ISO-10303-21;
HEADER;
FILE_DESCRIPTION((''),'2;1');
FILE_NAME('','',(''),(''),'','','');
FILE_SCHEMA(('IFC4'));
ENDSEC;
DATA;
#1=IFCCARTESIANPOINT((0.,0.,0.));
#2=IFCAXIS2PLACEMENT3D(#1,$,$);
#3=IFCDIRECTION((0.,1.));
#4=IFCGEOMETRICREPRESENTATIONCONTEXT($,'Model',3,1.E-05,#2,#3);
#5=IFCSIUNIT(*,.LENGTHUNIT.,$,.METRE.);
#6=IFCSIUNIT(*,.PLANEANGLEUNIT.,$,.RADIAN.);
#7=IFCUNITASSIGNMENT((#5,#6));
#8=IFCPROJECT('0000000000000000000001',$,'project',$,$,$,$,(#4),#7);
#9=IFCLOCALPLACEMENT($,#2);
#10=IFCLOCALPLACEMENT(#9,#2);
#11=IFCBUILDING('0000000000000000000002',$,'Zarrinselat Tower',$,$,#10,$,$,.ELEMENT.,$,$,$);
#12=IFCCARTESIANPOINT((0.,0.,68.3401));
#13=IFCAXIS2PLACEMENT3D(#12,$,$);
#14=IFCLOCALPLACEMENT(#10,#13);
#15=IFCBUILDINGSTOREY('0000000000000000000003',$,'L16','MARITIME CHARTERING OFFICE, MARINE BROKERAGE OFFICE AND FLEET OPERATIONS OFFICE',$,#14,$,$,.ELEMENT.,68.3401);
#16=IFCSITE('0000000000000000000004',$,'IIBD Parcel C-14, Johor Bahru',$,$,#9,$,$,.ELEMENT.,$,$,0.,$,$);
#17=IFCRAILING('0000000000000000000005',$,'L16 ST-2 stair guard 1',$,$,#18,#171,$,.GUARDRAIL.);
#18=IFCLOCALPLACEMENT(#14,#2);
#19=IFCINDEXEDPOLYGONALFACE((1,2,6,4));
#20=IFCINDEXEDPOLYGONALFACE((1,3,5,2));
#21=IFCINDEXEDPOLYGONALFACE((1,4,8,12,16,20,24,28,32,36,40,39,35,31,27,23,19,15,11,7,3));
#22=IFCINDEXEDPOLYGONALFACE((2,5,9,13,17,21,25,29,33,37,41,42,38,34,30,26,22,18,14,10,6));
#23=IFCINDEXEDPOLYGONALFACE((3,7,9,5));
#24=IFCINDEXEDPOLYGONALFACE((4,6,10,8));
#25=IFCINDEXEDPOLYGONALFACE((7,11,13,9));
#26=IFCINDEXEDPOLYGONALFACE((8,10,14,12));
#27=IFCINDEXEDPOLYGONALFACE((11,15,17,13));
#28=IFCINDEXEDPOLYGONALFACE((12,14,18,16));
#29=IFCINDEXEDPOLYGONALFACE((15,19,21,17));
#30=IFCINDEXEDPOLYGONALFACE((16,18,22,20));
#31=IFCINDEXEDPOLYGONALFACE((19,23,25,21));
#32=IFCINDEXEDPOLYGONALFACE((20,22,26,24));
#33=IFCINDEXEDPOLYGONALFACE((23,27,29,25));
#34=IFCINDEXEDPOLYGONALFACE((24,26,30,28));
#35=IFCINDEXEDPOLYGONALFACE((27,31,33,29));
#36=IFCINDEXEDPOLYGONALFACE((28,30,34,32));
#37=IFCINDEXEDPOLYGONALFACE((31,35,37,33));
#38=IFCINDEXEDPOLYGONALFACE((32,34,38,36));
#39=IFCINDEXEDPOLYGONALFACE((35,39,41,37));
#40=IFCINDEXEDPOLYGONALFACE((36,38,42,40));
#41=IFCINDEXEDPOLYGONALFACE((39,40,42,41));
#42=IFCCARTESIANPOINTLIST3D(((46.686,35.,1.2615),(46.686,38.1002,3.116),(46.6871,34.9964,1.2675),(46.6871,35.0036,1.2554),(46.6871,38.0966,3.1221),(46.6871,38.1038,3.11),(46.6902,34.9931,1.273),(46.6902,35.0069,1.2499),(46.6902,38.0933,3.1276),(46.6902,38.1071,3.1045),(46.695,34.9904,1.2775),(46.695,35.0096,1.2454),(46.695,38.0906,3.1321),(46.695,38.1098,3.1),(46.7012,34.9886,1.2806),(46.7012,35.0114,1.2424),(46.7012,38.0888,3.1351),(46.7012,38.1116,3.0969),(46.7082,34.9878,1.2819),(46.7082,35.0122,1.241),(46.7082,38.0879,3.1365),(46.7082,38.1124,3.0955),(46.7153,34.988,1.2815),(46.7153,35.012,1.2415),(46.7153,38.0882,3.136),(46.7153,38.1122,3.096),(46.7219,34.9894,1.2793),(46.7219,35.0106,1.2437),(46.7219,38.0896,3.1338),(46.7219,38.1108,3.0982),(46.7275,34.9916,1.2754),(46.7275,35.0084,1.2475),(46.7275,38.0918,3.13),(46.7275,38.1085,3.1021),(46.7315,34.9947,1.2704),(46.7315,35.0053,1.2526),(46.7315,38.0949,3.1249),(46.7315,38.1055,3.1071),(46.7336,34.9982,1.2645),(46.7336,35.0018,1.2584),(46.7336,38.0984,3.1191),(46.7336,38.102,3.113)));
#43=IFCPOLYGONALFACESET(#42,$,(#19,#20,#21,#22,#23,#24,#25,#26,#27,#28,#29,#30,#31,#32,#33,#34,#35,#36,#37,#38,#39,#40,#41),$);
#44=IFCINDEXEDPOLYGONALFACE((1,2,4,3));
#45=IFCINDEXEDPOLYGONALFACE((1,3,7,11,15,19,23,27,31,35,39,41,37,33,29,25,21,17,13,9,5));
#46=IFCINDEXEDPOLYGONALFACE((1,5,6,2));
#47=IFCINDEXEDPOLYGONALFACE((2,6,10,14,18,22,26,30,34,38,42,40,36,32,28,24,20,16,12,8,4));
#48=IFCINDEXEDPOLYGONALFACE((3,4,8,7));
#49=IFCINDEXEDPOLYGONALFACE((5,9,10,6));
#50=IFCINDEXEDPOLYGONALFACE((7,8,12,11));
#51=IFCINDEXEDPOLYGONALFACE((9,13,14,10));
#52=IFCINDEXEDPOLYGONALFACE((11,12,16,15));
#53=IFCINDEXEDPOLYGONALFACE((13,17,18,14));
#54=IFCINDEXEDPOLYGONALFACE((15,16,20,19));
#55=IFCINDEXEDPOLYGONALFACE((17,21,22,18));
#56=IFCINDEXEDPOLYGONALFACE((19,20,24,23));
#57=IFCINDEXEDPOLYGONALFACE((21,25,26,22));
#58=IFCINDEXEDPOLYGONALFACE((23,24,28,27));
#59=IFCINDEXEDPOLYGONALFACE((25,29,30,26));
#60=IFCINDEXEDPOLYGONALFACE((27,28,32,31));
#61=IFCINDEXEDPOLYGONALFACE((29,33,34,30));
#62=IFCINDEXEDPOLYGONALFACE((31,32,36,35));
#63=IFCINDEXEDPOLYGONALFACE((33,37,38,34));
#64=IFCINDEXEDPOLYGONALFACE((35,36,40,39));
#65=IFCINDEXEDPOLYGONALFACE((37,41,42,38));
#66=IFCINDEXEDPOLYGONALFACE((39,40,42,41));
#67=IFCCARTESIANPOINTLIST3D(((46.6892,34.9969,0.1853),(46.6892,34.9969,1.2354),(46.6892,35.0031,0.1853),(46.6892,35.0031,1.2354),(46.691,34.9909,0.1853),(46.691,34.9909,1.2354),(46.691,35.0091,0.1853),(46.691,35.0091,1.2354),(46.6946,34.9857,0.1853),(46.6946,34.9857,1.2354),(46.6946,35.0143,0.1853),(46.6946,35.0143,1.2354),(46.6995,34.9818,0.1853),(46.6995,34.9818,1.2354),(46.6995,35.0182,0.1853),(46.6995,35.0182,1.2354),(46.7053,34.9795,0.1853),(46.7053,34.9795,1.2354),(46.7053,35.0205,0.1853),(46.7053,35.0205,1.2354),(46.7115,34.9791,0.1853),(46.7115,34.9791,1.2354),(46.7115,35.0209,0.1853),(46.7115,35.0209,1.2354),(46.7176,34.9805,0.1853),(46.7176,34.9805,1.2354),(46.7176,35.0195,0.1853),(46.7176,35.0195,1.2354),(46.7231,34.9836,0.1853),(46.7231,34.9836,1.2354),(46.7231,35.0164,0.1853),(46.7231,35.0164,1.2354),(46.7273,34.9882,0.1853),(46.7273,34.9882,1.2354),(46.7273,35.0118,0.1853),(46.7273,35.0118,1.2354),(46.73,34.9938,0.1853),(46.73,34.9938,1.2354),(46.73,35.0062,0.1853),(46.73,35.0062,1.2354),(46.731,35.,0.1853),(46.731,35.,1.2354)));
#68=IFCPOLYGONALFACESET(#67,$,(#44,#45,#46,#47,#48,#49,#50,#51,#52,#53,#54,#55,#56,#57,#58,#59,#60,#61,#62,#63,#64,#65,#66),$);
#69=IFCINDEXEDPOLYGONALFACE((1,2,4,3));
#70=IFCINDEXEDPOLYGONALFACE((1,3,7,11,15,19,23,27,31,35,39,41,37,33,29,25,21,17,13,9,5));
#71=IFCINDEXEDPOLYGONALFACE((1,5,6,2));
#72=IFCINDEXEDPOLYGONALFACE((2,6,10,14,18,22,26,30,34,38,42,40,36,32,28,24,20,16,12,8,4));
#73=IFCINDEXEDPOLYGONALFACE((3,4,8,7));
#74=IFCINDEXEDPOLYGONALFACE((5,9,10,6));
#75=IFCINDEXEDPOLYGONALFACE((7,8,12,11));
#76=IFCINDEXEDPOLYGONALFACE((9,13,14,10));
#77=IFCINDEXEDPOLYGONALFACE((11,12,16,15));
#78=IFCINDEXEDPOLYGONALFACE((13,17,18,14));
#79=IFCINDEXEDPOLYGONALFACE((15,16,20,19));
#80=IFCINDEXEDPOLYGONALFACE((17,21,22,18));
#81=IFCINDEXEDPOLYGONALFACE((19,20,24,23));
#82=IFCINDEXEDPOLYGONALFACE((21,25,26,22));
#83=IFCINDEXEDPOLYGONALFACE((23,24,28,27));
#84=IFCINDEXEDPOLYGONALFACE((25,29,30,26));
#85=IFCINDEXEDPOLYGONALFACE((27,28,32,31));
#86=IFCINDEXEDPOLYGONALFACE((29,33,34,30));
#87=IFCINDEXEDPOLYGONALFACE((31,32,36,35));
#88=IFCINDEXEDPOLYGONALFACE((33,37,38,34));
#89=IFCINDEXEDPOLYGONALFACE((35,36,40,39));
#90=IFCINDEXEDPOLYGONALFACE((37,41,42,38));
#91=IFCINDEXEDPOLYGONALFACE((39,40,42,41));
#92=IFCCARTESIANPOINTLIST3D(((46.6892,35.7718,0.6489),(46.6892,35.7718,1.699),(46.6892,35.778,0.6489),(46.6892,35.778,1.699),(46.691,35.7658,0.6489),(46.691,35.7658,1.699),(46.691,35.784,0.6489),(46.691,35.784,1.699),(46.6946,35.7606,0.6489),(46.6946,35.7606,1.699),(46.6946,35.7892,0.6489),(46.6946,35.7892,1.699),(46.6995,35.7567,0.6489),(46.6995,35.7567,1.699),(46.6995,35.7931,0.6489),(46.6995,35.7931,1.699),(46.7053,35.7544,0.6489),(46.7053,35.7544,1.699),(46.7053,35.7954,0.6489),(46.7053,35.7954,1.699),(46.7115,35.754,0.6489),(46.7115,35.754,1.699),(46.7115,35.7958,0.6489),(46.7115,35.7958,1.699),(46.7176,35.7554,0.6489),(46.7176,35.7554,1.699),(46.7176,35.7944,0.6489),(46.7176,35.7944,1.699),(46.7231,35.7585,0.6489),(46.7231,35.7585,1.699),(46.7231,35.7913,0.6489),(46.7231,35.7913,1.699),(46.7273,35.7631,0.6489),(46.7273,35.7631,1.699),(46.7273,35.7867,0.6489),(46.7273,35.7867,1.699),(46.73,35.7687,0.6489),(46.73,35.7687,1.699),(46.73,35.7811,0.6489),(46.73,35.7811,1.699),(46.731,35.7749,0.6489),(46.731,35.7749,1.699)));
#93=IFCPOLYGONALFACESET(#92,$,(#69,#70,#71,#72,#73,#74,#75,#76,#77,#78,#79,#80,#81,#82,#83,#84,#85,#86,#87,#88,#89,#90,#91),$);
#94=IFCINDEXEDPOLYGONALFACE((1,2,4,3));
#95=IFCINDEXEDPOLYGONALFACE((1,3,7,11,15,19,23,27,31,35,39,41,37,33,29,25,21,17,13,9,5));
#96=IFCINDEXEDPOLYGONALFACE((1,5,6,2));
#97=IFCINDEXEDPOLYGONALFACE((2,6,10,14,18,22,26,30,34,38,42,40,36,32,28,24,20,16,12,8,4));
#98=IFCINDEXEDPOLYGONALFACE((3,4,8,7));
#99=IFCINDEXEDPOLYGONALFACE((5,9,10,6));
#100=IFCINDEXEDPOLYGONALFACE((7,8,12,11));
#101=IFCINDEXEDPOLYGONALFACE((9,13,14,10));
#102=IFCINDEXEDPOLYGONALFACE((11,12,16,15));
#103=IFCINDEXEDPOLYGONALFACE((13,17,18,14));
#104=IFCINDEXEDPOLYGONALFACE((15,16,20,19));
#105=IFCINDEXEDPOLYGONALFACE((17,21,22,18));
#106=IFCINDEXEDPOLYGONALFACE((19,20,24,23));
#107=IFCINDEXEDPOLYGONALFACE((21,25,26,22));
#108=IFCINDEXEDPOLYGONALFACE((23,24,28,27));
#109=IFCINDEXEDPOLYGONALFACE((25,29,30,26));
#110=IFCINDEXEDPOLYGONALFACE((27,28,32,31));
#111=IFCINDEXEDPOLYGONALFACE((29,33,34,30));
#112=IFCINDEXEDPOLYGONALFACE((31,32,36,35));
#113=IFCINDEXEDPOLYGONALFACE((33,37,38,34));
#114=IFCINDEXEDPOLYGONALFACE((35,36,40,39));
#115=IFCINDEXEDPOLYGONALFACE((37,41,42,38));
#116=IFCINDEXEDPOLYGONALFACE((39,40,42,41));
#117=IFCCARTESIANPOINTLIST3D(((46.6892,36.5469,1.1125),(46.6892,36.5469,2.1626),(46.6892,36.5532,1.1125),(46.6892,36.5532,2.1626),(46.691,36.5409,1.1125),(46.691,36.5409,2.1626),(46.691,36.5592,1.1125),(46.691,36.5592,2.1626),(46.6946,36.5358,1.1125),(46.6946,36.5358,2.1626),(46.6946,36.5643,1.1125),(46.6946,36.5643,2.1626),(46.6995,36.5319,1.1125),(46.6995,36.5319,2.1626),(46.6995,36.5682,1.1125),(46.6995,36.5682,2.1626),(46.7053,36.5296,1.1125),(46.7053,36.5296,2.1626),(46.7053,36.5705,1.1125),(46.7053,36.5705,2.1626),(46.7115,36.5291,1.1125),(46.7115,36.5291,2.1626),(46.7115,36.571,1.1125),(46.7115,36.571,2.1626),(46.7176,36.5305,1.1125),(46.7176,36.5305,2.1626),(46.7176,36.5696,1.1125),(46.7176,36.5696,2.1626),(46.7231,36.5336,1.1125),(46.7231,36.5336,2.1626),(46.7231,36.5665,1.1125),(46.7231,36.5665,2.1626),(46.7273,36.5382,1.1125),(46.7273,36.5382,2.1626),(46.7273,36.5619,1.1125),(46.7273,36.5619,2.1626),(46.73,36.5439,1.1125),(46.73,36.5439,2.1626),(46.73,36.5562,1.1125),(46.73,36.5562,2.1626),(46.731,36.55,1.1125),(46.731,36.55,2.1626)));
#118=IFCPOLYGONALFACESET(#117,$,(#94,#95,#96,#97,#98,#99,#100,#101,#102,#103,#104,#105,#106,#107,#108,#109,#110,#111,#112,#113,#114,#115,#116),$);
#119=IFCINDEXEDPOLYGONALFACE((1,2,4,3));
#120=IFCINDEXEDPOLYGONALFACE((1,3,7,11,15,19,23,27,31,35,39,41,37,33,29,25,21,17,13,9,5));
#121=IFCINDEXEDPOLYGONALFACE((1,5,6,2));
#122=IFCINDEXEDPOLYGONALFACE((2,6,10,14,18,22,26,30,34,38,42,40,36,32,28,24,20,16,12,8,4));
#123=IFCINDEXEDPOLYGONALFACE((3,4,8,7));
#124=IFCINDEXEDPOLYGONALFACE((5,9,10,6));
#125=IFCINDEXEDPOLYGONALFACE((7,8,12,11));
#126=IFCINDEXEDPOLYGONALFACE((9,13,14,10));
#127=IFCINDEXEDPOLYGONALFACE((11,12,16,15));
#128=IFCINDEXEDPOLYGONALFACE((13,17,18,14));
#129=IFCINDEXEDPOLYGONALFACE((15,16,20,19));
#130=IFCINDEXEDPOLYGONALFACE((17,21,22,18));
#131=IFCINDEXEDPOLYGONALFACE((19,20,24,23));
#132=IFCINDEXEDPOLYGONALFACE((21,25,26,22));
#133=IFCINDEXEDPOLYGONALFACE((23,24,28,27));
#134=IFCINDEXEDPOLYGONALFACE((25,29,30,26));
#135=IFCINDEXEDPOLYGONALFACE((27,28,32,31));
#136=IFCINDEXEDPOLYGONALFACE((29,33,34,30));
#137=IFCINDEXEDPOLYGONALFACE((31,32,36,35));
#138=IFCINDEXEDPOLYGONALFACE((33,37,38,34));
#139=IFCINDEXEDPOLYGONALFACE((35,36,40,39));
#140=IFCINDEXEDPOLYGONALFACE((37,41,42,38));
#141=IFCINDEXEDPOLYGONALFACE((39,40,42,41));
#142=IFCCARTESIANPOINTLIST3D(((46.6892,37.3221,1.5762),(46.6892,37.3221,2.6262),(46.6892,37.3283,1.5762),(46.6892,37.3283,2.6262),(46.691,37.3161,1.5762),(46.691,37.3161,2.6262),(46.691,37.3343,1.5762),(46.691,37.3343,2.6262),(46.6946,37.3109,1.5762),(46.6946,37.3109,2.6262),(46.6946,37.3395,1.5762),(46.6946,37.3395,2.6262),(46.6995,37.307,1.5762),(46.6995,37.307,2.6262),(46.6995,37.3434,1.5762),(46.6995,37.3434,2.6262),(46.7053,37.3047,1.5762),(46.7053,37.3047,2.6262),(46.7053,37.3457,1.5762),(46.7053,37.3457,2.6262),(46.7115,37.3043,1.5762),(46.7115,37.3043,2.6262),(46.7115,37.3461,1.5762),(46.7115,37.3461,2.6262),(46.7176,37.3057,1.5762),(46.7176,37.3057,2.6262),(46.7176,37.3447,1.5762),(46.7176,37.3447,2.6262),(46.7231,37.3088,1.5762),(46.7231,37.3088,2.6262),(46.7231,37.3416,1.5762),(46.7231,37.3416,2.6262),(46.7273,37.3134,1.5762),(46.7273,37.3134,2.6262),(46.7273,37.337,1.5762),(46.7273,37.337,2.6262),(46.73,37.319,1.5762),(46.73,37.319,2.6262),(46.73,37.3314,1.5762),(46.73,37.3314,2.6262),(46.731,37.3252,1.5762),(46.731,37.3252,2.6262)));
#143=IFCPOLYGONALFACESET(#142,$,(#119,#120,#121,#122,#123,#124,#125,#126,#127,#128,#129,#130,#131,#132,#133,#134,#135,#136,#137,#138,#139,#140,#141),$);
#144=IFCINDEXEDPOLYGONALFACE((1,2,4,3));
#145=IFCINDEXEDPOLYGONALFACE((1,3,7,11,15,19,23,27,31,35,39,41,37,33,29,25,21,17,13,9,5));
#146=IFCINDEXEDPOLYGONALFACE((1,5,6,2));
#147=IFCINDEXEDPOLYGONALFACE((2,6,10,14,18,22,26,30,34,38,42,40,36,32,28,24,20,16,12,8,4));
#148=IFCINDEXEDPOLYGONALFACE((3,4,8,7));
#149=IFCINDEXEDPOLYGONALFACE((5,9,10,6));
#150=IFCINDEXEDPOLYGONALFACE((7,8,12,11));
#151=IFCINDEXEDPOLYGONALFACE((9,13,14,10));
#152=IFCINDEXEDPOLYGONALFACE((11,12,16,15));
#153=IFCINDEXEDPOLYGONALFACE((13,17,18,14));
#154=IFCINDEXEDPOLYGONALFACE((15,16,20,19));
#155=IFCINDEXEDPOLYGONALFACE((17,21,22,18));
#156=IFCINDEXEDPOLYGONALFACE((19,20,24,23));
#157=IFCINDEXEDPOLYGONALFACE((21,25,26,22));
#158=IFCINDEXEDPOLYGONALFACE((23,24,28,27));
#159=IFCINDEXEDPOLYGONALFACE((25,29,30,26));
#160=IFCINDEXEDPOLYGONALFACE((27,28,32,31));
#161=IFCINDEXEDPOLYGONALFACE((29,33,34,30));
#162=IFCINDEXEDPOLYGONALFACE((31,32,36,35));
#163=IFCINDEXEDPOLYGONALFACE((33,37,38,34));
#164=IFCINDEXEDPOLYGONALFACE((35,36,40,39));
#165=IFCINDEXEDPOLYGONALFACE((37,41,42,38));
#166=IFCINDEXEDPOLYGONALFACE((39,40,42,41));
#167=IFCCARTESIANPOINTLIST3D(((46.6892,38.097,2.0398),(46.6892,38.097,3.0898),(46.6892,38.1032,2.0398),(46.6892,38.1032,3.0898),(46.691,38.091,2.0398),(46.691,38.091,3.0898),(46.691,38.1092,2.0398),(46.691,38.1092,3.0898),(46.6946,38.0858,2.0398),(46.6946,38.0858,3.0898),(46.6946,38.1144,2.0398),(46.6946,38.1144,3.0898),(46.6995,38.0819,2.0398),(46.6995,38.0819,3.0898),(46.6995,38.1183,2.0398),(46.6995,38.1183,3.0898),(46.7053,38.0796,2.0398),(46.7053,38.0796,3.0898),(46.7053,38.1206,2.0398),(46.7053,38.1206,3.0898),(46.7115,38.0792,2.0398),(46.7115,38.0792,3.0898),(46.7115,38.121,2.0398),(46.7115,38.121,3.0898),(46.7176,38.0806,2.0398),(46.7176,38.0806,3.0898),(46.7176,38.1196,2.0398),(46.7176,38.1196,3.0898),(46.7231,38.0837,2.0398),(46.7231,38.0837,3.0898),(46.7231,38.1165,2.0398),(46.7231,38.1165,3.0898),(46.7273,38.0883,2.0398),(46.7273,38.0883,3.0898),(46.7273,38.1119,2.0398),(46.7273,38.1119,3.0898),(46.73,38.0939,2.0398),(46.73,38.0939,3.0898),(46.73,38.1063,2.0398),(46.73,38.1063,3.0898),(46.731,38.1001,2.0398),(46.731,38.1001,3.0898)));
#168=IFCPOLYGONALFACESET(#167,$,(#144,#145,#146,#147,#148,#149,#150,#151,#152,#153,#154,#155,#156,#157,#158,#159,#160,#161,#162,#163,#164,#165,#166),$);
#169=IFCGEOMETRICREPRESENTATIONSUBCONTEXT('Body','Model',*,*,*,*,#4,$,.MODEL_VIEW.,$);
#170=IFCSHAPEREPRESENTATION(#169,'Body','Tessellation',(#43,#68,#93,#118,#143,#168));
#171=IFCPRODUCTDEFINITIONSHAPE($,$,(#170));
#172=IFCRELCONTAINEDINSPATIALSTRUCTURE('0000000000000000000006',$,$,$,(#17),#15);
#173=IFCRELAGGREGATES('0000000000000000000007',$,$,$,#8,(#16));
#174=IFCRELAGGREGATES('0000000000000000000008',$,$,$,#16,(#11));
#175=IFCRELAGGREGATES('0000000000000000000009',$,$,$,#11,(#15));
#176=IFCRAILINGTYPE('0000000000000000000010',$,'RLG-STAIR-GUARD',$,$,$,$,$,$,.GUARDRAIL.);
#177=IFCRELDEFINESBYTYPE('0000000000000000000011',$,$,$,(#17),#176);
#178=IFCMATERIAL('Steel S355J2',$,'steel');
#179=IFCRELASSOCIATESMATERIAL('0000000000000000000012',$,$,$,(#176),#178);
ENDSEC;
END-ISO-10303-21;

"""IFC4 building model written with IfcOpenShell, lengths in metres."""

from ifc_helpers import new_model, si_unit, direction, frame, origin, origin_2d, place, context, subcontext, project, spatial, circle, extrude, material, type_object, element, save


model = new_model("IFC4")

# Units and contexts
model_context = context("Model", 3, precision=1e-05, world=origin(), true_north=direction((0.0, 1.0)))
body_context = subcontext(model_context, "Body", "Model", "MODEL_VIEW")
ifc_project = project(units=[si_unit("LENGTHUNIT", "METRE"), si_unit("PLANEANGLEUNIT", "RADIAN")], contexts=[model_context])

# Site, building, storey
site_placement = place(None, origin())
site = spatial("IfcSite", under=ifc_project, at=site_placement, Name="IIBD Parcel C-14, Johor Bahru", CompositionType="ELEMENT", RefElevation=0.0)
building_placement = place(site_placement, origin())
building = spatial("IfcBuilding", under=site, at=building_placement, Name="Zarrinselat Tower", CompositionType="ELEMENT")
storey_placement = place(building_placement, frame((0.0, 0.0, 68.3401)))
storey = spatial("IfcBuildingStorey", under=building, at=storey_placement, Name="L16", Description="MARITIME CHARTERING OFFICE, MARINE BROKERAGE OFFICE AND FLEET OPERATIONS OFFICE", CompositionType="ELEMENT", Elevation=68.3401)

# Railing
ifc_material_1 = material(Name="Steel S355J2", Category="steel")
railing_type_1 = type_object("IfcRailingType", Name="RLG-STAIR-GUARD", PredefinedType="GUARDRAIL", material=ifc_material_1)
railing_1_placement = place(storey_placement, frame((46.71, 35.0, 0.1853)))
element("IfcRailing", 1, at=railing_1_placement, inside=storey, type_object=railing_type_1, Name="L16 ST-2 stair guard 1", PredefinedType="GUARDRAIL", context=body_context, shape_type="SweptSolid", body=[
    extrude(circle(Radius=0.0239, at=origin_2d()), frame((0.0, 0.0, 1.0762), z_axis=(0.0, 0.858172, 0.513362), x_axis=(-1.0, 0.0, 0.0)), (0.0, 0.0, 1.0), 3.6125),
    extrude(circle(Radius=0.021, at=origin_2d()), origin(), (0.0, 0.0, 1.0), 1.05),
    extrude(circle(Radius=0.021, at=origin_2d()), frame((0.0, 0.7749, 0.4636)), (0.0, 0.0, 1.0), 1.05),
    extrude(circle(Radius=0.021, at=origin_2d()), frame((0.0, 1.55, 0.9272)), (0.0, 0.0, 1.0), 1.05),
    extrude(circle(Radius=0.021, at=origin_2d()), frame((0.0, 2.3252, 1.3909)), (0.0, 0.0, 1.0), 1.05),
    extrude(circle(Radius=0.021, at=origin_2d()), frame((0.0, 3.1001, 1.8545)), (0.0, 0.0, 1.0), 1.05),
])

save(model, "model.ifc")
